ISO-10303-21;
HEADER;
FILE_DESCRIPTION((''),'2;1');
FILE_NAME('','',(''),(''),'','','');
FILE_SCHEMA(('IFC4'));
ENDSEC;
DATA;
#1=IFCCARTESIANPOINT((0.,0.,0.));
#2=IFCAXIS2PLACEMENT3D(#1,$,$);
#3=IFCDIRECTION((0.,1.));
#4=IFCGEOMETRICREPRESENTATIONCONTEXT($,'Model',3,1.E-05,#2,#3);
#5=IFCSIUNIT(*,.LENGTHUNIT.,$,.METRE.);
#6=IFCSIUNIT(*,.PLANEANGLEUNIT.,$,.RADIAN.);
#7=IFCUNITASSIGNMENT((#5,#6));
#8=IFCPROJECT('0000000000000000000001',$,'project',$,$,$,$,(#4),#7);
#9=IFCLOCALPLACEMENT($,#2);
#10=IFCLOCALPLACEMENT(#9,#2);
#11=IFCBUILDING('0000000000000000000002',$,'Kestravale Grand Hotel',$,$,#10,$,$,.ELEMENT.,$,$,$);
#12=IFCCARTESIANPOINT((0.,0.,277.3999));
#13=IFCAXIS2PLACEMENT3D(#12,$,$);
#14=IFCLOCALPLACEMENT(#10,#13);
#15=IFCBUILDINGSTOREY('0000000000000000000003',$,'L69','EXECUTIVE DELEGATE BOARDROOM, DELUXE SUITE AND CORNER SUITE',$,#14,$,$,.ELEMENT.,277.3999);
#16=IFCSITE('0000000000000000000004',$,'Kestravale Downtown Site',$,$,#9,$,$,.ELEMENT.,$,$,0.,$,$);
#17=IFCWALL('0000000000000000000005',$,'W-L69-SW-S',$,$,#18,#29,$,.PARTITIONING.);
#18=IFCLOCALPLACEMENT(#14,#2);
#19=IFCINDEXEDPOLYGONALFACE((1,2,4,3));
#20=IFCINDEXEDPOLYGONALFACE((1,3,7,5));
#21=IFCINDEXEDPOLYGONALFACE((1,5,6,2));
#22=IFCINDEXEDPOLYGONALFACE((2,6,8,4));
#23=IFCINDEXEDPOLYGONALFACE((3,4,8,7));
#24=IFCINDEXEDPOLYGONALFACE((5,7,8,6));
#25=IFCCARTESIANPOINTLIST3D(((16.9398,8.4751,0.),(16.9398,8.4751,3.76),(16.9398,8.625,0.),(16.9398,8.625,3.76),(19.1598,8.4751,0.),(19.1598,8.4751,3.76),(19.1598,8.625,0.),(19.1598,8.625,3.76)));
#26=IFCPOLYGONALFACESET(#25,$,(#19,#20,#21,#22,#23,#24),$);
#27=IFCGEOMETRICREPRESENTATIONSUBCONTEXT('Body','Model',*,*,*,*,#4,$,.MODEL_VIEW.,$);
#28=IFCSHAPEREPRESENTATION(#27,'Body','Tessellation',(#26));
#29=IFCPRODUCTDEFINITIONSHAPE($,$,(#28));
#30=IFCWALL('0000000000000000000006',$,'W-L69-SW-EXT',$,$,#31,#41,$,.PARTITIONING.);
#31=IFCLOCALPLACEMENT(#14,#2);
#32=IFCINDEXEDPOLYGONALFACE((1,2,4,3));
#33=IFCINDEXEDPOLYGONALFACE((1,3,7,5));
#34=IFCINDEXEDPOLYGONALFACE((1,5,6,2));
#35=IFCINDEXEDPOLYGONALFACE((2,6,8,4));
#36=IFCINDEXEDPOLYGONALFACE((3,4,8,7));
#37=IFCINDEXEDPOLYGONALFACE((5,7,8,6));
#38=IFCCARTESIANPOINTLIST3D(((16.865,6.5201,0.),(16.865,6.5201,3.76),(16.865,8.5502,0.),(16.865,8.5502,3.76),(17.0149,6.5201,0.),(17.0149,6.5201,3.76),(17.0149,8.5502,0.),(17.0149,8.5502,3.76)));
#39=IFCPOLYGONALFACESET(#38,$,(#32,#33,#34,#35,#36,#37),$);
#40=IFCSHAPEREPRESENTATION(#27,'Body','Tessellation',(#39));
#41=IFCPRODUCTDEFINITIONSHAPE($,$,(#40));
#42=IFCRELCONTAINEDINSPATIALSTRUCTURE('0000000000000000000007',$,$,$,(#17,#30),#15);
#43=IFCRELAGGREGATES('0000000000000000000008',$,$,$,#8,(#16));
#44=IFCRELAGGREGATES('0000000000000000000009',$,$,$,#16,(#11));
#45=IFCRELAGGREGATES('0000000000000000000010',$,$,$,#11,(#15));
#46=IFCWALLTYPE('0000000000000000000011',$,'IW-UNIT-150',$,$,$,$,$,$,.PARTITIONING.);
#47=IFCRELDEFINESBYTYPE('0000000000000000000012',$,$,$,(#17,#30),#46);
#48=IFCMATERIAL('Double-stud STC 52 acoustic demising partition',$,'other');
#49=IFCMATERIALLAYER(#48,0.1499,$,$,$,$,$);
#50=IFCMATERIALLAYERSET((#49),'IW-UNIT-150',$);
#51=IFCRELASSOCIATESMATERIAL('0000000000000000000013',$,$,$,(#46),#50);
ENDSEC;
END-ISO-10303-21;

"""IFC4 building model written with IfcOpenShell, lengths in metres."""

from ifc_helpers import new_model, si_unit, direction, frame, frame_2d, origin, place, context, subcontext, project, spatial, rectangle, extrude, material, layer, layer_set, type_object, element, save


model = new_model("IFC4")

# Units and contexts
model_context = context("Model", 3, precision=1e-05, world=origin(), true_north=direction((0.0, 1.0)))
body_context = subcontext(model_context, "Body", "Model", "MODEL_VIEW")
ifc_project = project(units=[si_unit("LENGTHUNIT", "METRE"), si_unit("PLANEANGLEUNIT", "RADIAN")], contexts=[model_context])

# Site, building, storey
site_placement = place(None, origin())
site = spatial("IfcSite", under=ifc_project, at=site_placement, Name="Kestravale Downtown Site", CompositionType="ELEMENT", RefElevation=0.0)
building_placement = place(site_placement, origin())
building = spatial("IfcBuilding", under=site, at=building_placement, Name="Kestravale Grand Hotel", CompositionType="ELEMENT")
storey_placement = place(building_placement, frame((0.0, 0.0, 277.3999)))
storey = spatial("IfcBuildingStorey", under=building, at=storey_placement, Name="L69", Description="EXECUTIVE DELEGATE BOARDROOM, DELUXE SUITE AND CORNER SUITE", CompositionType="ELEMENT", Elevation=277.3999)

# Walls
ifc_material_1 = material(Name="Double-stud STC 52 acoustic demising partition", Category="other")
ifc_layer_1 = layer(ifc_material_1, 0.1499)
ifc_layer_set_1 = layer_set([ifc_layer_1], Name="IW-UNIT-150")
wall_type_1 = type_object("IfcWallType", Name="IW-UNIT-150", PredefinedType="PARTITIONING", material=ifc_layer_set_1)
wall_1_placement = place(storey_placement, frame((16.9399, 8.55, 0.0), z_axis=(0.0, 0.0, 1.0), x_axis=(1.0, 0.0, 0.0)))
element("IfcWall", 1, at=wall_1_placement, inside=storey, type_object=wall_type_1, Name="W-L69-SW-S", PredefinedType="PARTITIONING", context=body_context, shape_type="SweptSolid", body=[
    extrude(rectangle(XDim=2.22, YDim=0.1499, at=frame_2d((1.1099, 0.0))), origin(), (0.0, 0.0, 1.0), 3.76),
])
wall_2_placement = place(storey_placement, frame((16.9399, 6.52, 0.0), z_axis=(0.0, 0.0, 1.0), x_axis=(0.0, 1.0, 0.0)))
element("IfcWall", 2, at=wall_2_placement, inside=storey, type_object=wall_type_1, Name="W-L69-SW-EXT", PredefinedType="PARTITIONING", context=body_context, shape_type="SweptSolid", body=[
    extrude(rectangle(XDim=2.03, YDim=0.1499, at=frame_2d((1.0151, 0.0))), origin(), (0.0, 0.0, 1.0), 3.76),
])

save(model, "model.ifc")
